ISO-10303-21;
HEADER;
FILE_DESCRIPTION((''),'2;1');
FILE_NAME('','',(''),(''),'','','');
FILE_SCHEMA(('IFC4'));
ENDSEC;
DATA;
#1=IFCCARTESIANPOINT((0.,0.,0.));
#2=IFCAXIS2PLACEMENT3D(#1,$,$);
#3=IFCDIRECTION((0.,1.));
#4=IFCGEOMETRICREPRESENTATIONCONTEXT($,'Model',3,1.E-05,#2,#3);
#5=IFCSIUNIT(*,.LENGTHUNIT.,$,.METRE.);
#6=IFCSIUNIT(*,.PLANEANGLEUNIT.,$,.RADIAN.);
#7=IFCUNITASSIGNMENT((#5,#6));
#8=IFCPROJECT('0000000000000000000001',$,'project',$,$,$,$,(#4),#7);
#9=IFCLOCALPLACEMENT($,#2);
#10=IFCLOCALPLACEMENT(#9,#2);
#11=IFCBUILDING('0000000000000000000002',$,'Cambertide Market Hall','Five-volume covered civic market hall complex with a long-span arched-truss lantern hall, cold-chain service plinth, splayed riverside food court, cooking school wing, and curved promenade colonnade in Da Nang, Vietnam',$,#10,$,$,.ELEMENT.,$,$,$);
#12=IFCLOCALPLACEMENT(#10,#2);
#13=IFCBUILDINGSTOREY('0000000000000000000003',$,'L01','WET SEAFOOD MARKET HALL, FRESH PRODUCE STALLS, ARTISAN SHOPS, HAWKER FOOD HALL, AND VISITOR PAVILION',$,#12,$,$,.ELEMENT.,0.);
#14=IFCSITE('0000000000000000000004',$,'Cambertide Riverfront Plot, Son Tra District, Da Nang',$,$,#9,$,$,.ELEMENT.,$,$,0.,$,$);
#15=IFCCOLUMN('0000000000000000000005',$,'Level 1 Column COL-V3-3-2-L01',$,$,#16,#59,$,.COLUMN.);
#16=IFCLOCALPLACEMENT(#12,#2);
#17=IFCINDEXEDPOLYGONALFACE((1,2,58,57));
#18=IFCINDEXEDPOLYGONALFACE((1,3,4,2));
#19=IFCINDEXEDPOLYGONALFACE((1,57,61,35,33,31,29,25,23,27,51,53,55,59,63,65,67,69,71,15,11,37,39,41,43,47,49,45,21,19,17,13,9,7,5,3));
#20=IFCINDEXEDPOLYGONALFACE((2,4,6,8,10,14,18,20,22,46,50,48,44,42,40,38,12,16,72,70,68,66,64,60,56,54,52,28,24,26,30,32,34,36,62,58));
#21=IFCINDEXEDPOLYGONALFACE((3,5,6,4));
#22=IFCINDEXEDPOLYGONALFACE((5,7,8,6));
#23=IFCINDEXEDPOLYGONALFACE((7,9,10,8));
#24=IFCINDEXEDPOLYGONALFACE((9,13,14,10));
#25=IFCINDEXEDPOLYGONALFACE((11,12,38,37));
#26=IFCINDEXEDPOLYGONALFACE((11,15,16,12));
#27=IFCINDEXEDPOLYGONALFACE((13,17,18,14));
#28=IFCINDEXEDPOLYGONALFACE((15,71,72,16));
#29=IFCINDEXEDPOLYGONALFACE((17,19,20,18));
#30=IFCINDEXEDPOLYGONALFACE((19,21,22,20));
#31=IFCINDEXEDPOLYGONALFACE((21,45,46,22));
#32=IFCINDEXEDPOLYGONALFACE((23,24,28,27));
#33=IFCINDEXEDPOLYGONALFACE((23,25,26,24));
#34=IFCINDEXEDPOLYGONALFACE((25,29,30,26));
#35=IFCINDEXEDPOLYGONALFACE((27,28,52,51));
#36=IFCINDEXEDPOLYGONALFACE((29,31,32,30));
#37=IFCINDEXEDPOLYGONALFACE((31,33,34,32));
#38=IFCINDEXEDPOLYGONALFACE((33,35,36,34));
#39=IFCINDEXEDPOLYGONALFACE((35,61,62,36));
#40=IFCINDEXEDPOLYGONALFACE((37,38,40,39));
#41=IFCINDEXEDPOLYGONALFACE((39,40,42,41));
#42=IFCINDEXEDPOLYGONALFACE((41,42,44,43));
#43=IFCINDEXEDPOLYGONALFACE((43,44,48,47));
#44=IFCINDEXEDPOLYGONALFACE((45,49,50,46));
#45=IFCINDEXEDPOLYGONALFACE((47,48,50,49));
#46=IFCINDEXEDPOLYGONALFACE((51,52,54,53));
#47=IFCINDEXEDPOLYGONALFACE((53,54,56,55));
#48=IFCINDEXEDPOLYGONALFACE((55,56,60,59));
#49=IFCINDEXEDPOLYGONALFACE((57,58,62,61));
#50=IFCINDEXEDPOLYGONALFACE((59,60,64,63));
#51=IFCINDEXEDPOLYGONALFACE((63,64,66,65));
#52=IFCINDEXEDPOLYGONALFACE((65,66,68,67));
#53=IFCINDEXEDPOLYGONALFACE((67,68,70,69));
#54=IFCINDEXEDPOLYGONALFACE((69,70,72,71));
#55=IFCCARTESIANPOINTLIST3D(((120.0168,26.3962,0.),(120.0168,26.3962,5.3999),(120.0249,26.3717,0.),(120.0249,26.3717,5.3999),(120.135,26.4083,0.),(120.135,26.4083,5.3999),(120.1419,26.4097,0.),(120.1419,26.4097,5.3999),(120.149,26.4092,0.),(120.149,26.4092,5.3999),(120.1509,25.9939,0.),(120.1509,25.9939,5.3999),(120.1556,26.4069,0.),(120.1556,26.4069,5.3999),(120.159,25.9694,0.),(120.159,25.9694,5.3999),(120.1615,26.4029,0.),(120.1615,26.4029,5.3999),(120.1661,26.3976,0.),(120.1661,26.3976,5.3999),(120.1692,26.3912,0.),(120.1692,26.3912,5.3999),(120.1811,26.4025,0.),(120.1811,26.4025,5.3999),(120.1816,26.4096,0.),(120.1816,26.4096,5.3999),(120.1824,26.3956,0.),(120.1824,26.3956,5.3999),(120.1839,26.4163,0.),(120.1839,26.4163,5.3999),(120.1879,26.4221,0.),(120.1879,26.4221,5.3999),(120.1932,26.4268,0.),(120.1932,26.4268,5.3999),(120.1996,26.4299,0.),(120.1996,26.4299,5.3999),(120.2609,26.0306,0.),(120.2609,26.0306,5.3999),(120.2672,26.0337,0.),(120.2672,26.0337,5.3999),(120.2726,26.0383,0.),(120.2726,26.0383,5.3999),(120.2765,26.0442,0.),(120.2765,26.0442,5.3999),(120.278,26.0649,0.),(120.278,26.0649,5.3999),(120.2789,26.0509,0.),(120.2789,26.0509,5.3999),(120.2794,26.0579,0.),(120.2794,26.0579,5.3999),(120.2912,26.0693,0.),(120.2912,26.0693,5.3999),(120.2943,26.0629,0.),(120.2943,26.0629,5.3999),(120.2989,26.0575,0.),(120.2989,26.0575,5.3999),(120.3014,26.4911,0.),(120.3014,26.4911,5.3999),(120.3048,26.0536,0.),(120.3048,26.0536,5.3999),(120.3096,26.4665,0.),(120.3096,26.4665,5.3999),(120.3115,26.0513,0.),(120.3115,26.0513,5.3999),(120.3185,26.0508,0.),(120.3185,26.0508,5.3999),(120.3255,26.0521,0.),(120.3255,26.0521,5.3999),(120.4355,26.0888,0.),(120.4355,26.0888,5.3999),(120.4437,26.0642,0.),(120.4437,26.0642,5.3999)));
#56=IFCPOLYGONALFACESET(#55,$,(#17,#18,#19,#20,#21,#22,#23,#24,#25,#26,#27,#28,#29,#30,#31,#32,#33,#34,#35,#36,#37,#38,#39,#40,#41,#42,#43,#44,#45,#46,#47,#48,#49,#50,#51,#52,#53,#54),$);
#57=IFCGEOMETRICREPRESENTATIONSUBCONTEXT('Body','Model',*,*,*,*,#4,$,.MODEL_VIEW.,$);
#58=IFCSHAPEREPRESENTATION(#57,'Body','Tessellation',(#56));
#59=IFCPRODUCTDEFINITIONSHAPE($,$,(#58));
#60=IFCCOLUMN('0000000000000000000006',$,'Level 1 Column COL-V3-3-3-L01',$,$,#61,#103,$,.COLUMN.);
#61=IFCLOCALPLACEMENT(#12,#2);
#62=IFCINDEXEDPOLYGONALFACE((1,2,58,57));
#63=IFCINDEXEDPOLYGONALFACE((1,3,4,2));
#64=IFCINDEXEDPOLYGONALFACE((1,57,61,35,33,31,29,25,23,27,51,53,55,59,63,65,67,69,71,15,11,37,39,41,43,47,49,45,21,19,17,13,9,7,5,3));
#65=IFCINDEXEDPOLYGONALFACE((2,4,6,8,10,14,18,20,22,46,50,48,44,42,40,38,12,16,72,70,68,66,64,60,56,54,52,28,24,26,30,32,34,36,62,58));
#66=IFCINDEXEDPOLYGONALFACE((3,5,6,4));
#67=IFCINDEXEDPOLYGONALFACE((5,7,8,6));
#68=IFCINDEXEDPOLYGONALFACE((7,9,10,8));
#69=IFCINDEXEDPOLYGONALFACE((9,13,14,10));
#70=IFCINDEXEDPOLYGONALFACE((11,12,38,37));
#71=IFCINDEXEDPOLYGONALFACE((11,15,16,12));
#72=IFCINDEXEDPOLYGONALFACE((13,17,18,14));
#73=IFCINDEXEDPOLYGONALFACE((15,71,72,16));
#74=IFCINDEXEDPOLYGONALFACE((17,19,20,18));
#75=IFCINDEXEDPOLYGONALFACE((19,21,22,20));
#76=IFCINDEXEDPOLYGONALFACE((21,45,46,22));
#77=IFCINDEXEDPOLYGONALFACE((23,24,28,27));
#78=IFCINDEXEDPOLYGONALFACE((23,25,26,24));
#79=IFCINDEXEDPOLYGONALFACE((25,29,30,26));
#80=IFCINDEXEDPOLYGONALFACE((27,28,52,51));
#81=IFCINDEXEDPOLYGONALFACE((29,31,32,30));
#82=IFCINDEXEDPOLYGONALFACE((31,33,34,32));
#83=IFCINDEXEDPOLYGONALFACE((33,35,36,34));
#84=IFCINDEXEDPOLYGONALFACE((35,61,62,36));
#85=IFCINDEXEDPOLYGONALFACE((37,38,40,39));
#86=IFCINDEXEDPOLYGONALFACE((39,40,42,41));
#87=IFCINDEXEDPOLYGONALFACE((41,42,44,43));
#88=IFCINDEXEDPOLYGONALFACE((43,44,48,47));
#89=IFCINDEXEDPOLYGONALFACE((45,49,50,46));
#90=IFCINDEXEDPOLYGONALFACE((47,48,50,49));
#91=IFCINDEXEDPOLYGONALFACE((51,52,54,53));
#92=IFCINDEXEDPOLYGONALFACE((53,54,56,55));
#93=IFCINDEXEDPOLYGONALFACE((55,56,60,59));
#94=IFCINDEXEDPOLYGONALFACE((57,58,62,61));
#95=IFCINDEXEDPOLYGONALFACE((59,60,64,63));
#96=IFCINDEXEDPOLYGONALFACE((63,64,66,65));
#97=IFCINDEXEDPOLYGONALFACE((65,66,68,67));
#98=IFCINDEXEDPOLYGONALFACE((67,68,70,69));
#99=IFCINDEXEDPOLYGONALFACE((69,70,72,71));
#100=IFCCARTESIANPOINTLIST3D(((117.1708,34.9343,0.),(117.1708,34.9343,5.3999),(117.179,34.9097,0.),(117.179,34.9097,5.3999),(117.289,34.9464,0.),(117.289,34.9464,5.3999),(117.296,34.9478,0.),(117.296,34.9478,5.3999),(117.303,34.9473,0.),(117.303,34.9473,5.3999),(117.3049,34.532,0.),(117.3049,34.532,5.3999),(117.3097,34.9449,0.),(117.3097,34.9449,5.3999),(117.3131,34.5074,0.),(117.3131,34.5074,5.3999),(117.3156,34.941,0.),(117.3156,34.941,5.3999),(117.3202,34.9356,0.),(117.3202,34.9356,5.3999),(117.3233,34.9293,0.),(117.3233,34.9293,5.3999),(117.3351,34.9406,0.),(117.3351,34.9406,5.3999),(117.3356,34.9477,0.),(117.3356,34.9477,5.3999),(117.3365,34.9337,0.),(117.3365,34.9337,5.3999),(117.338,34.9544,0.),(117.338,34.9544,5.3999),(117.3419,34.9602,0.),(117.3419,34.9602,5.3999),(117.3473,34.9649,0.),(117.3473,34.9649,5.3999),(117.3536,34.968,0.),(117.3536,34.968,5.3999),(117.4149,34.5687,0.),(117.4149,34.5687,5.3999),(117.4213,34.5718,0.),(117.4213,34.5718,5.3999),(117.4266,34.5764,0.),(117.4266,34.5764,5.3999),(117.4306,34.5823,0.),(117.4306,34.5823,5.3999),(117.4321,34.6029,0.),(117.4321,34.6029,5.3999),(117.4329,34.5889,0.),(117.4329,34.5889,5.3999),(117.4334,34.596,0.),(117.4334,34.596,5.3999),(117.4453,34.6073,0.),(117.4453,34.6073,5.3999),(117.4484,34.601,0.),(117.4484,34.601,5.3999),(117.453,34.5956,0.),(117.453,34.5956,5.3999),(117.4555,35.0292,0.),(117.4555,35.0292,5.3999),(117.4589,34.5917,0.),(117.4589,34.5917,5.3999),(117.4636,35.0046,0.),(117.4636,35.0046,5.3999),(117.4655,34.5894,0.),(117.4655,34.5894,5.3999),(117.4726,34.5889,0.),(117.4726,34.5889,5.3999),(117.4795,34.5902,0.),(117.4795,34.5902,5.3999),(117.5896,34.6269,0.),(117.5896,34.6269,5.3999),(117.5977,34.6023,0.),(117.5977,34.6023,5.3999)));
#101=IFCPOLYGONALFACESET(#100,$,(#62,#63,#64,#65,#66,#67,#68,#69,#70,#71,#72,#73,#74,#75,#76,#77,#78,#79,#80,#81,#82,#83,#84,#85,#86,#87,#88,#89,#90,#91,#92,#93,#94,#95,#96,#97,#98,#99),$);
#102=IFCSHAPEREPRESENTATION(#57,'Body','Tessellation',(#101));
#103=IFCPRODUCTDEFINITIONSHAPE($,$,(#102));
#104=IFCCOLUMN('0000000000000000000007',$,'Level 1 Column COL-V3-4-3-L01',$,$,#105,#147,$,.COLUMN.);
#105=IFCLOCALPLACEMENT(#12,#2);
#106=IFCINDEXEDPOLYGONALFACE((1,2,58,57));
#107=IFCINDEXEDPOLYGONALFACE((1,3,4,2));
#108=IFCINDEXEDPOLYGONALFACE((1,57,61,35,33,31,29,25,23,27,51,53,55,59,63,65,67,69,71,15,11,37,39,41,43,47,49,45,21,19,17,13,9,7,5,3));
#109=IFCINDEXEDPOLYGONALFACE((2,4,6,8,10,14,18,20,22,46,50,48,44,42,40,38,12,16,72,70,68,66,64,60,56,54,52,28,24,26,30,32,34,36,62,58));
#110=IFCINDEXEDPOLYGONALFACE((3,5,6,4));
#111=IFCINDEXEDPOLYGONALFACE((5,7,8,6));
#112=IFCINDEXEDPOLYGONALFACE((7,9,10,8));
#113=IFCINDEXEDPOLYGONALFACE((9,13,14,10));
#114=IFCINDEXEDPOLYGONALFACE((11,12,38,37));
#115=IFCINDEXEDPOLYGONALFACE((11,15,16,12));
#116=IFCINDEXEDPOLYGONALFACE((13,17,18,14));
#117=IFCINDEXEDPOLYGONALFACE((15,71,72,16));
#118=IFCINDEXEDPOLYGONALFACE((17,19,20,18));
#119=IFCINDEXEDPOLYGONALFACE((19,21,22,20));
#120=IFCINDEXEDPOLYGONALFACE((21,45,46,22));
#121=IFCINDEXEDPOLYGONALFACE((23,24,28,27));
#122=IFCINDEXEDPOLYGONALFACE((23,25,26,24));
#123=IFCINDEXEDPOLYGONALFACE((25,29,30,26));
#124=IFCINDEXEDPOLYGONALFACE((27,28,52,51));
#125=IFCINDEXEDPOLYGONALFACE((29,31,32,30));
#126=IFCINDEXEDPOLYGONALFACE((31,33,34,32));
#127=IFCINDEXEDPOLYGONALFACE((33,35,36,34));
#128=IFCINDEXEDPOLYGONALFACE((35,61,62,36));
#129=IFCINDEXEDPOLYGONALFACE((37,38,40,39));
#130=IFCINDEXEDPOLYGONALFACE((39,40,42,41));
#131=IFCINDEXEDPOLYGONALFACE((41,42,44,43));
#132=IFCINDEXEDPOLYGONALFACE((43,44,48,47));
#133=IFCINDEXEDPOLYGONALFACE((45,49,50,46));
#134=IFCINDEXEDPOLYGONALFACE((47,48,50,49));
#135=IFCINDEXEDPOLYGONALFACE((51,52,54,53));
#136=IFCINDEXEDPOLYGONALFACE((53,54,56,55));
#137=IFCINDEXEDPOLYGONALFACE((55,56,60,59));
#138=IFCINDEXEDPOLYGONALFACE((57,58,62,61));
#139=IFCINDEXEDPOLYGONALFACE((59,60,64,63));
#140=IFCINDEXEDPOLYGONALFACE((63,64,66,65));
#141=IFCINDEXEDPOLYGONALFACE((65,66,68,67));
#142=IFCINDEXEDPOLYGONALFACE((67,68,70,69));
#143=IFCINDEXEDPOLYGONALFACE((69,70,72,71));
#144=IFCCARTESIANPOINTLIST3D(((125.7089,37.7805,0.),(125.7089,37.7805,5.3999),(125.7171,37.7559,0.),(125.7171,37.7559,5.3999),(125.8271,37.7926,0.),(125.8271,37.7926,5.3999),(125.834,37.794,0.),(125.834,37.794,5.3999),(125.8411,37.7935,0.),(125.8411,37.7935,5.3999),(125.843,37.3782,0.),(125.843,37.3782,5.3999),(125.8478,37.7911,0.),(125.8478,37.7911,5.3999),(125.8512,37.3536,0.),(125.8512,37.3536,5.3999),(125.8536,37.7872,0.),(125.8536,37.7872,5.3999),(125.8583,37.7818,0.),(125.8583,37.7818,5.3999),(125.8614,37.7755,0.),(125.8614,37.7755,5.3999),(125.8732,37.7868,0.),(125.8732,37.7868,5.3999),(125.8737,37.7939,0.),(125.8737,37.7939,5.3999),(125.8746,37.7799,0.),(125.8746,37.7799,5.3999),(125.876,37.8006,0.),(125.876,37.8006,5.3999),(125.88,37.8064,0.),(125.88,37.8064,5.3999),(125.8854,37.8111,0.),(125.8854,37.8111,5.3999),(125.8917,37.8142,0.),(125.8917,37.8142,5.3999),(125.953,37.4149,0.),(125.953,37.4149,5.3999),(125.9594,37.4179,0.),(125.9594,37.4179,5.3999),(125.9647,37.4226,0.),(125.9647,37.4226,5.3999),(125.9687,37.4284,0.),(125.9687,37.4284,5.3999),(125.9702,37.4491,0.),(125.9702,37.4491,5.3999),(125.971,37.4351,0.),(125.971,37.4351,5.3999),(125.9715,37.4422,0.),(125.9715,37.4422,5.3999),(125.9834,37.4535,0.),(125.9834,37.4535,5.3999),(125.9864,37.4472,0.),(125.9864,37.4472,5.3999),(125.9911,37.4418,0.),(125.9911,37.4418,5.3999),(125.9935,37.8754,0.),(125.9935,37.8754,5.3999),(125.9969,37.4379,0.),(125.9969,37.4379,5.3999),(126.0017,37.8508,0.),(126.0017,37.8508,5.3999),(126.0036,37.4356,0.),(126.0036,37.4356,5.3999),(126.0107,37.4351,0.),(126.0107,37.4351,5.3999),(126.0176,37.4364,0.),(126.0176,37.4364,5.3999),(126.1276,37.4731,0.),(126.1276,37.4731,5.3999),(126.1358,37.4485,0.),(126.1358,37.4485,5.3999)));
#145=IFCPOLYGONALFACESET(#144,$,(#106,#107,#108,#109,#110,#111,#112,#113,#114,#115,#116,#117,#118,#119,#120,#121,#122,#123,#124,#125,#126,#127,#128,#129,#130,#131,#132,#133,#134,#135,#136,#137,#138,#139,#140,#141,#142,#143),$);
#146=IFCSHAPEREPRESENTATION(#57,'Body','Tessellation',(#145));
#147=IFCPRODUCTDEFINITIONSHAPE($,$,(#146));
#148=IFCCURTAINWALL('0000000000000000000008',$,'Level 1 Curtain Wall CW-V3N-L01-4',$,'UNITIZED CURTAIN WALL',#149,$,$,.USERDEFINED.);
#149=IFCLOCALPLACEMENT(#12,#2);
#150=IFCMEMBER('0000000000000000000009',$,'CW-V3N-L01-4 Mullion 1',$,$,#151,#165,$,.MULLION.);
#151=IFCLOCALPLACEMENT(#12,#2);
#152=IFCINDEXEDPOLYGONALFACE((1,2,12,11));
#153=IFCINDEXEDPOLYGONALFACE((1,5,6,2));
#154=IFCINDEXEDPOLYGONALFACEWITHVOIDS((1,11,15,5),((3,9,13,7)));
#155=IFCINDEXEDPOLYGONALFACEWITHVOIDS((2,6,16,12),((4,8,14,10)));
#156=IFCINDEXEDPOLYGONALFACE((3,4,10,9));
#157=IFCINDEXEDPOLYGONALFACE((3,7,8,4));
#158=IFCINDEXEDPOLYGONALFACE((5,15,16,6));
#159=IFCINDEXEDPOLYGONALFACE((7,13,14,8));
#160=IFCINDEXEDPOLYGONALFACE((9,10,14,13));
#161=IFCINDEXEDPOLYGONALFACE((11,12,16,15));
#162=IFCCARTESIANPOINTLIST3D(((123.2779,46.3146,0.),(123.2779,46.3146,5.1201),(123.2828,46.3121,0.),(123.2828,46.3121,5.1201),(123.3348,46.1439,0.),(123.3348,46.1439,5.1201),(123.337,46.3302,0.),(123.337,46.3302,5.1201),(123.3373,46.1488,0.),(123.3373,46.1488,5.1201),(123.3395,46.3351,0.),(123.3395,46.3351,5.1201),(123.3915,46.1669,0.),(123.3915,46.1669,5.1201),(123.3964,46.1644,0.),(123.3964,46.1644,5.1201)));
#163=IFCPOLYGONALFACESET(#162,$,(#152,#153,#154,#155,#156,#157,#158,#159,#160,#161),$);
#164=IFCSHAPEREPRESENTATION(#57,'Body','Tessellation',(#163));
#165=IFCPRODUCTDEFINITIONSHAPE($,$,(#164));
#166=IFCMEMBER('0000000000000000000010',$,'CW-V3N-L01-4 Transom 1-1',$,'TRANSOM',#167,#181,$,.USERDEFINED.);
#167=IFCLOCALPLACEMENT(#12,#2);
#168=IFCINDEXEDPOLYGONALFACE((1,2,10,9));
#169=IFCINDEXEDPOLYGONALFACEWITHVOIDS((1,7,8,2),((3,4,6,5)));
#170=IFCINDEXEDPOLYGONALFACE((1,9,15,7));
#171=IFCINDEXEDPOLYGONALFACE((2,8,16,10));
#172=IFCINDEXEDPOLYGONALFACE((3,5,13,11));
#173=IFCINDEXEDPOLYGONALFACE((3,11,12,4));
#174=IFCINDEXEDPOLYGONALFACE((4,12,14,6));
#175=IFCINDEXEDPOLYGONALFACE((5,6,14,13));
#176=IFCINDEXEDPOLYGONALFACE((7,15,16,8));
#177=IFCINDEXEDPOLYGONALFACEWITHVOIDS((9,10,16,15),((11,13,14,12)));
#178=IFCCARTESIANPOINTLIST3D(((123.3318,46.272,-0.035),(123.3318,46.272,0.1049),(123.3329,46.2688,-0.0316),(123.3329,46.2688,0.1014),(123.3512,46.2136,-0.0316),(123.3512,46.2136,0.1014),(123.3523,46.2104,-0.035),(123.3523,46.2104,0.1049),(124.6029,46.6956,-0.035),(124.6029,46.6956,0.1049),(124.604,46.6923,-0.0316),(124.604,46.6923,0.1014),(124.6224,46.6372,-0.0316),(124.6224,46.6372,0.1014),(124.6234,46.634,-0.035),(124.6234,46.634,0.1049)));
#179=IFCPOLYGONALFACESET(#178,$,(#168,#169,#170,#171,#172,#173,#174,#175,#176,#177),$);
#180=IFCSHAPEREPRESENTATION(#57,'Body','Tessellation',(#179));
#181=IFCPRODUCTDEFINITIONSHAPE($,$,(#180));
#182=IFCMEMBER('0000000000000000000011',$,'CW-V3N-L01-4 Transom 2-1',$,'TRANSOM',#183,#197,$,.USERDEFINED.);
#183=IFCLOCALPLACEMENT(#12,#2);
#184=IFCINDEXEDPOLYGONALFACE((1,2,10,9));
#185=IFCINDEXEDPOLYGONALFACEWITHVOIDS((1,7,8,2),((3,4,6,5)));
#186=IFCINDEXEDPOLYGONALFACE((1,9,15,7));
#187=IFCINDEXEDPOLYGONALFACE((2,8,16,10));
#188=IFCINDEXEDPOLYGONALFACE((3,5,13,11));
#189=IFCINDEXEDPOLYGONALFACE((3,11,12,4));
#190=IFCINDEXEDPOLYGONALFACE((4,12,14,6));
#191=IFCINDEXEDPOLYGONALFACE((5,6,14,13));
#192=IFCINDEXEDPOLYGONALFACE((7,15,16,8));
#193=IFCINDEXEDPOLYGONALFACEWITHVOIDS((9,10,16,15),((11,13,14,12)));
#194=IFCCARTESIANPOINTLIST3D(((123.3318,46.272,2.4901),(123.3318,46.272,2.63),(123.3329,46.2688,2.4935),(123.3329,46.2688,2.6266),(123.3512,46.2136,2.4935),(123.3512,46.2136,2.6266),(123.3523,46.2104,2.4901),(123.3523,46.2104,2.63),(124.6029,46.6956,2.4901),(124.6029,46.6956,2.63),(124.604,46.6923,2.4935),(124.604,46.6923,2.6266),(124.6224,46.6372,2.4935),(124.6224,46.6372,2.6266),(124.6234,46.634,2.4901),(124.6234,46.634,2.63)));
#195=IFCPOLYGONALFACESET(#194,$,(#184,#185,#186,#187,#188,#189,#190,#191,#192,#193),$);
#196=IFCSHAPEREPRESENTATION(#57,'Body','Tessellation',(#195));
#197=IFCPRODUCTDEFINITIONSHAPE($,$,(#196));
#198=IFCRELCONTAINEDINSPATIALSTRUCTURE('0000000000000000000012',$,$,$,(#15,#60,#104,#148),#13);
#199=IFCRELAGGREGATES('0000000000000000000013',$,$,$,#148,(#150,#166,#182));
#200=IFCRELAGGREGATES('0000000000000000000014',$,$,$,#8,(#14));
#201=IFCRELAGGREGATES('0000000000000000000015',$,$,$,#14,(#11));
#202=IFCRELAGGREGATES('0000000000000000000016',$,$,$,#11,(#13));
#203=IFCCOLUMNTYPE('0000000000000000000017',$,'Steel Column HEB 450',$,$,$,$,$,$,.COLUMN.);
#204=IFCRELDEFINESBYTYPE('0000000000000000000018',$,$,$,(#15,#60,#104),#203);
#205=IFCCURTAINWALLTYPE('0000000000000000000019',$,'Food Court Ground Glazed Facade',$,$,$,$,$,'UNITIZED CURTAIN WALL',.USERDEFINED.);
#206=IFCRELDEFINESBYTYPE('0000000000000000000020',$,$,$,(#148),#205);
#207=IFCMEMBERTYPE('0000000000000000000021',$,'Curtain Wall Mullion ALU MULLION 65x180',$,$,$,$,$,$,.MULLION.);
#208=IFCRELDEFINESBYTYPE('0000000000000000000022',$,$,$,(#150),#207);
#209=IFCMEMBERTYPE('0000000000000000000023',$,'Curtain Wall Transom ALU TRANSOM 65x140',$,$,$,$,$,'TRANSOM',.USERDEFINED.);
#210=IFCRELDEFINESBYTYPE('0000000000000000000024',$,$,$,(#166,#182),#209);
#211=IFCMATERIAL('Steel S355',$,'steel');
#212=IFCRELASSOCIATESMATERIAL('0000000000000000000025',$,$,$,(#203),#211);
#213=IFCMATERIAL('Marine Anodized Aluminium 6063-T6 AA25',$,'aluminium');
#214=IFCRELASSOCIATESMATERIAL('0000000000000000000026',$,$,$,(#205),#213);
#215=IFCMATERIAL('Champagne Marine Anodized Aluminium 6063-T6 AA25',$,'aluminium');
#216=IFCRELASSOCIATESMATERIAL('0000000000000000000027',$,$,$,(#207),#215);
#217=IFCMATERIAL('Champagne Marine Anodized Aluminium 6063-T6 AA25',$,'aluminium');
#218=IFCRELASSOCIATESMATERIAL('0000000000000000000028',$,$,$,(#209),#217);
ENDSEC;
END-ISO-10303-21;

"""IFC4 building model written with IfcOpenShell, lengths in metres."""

from ifc_helpers import new_model, si_unit, direction, frame, origin, origin_2d, place, context, subcontext, project, spatial, hollow_rectangle, i_section, extrude, material, material_profile, profile_set, type_object, element, aggregate, save


model = new_model("IFC4")

# Units and contexts
model_context = context("Model", 3, precision=1e-05, world=origin(), true_north=direction((0.0, 1.0)))
body_context = subcontext(model_context, "Body", "Model", "MODEL_VIEW")
ifc_project = project(units=[si_unit("LENGTHUNIT", "METRE"), si_unit("PLANEANGLEUNIT", "RADIAN")], contexts=[model_context])

# Site, building, storey
site_placement = place(None, origin())
site = spatial("IfcSite", under=ifc_project, at=site_placement, Name="Cambertide Riverfront Plot, Son Tra District, Da Nang", CompositionType="ELEMENT", RefElevation=0.0)
building_placement = place(site_placement, origin())
building = spatial("IfcBuilding", under=site, at=building_placement, Name="Cambertide Market Hall", Description="Five-volume covered civic market hall complex with a long-span arched-truss lantern hall, cold-chain service plinth, splayed riverside food court, cooking school wing, and curved promenade colonnade in Da Nang, Vietnam", CompositionType="ELEMENT")
storey_placement = place(building_placement, origin())
storey = spatial("IfcBuildingStorey", under=building, at=storey_placement, Name="L01", Description="WET SEAFOOD MARKET HALL, FRESH PRODUCE STALLS, ARTISAN SHOPS, HAWKER FOOD HALL, AND VISITOR PAVILION", CompositionType="ELEMENT", Elevation=0.0)

# Columns
ifc_material_1 = material(Name="Steel S355", Category="steel")
ifc_material_profile_1 = material_profile(ifc_material_1, i_section(OverallWidth=0.3, OverallDepth=0.45, WebThickness=0.0139, FlangeThickness=0.0259, FilletRadius=0.0271, at=origin_2d()), Name="HEB 450")
ifc_profile_set_1 = profile_set([ifc_material_profile_1], Name="Steel S355")
column_type_1 = type_object("IfcColumnType", Name="Steel Column HEB 450", PredefinedType="COLUMN", material=ifc_profile_set_1)
for number, where, z_axis, x_axis, name in (
    (1, (120.2302, 26.2302, 0.0), (0.0, 0.0, 1.0), (0.948683, 0.316228, 0.0), "Level 1 Column COL-V3-3-2-L01"),
    (2, (117.3843, 34.7683, 0.0), (0.0, 0.0, 1.0), (0.948683, 0.316228, 0.0), "Level 1 Column COL-V3-3-3-L01"),
    (3, (125.9224, 37.6145, 0.0), (0.0, 0.0, 1.0), (0.948683, 0.316228, 0.0), "Level 1 Column COL-V3-4-3-L01"),
):
    element("IfcColumn", number, at=place(storey_placement, frame(where, z_axis=z_axis, x_axis=x_axis)), inside=storey, type_object=column_type_1, Name=name, PredefinedType="COLUMN", context=body_context, shape_type="SweptSolid", body=[
        extrude(i_section(OverallWidth=0.3, OverallDepth=0.45, WebThickness=0.0139, FlangeThickness=0.0259, FilletRadius=0.0271, at=origin_2d()), origin(), (0.0, 0.0, 1.0), 5.3999),
    ])

# Curtain wall, members
ifc_material_2 = material(Name="Marine Anodized Aluminium 6063-T6 AA25", Category="aluminium")
curtain_wall_type = type_object("IfcCurtainWallType", Name="Food Court Ground Glazed Facade", ElementType="UNITIZED CURTAIN WALL", PredefinedType="USERDEFINED", material=ifc_material_2)
curtain_wall_placement = place(storey_placement, origin())
curtain_wall = element("IfcCurtainWall", 4, at=curtain_wall_placement, inside=storey, type_object=curtain_wall_type, Name="Level 1 Curtain Wall CW-V3N-L01-4", ObjectType="UNITIZED CURTAIN WALL", PredefinedType="USERDEFINED")
ifc_material_3 = material(Name="Champagne Marine Anodized Aluminium 6063-T6 AA25", Category="aluminium")
ifc_material_profile_2 = material_profile(ifc_material_3, hollow_rectangle(XDim=0.0649, YDim=0.1799, WallThickness=0.0039, at=origin_2d()), Name="ALU MULLION 65x180")
ifc_profile_set_2 = profile_set([ifc_material_profile_2], Name="Champagne Marine Anodized Aluminium 6063-T6 AA25")
member_type_1 = type_object("IfcMemberType", Name="Curtain Wall Mullion ALU MULLION 65x180", PredefinedType="MULLION", material=ifc_profile_set_2)
member_1_placement = place(storey_placement, frame((123.3372, 46.2395, 0.0), z_axis=(0.0, 0.0, 1.0), x_axis=(0.948683, 0.316228, 0.0)))
member_1 = element("IfcMember", 5, at=member_1_placement, type_object=member_type_1, Name="CW-V3N-L01-4 Mullion 1", PredefinedType="MULLION", context=body_context, shape_type="SweptSolid", body=[
    extrude(hollow_rectangle(XDim=0.0649, YDim=0.1799, WallThickness=0.0039, at=origin_2d()), origin(), (0.0, 0.0, 1.0), 5.1201),
])
ifc_material_4 = material(Name="Champagne Marine Anodized Aluminium 6063-T6 AA25", Category="aluminium")
ifc_material_profile_3 = material_profile(ifc_material_4, hollow_rectangle(XDim=0.0649, YDim=0.1399, WallThickness=0.0034, at=origin_2d()), Name="ALU TRANSOM 65x140")
ifc_profile_set_3 = profile_set([ifc_material_profile_3], Name="Champagne Marine Anodized Aluminium 6063-T6 AA25")
member_type_2 = type_object("IfcMemberType", Name="Curtain Wall Transom ALU TRANSOM 65x140", ElementType="TRANSOM", PredefinedType="USERDEFINED", material=ifc_profile_set_3)
member_2_placement = place(storey_placement, frame((123.342, 46.2412, 0.0349), z_axis=(0.94872, 0.316118, 0.0), x_axis=(-0.316118, 0.94872, 0.0)))
member_2 = element("IfcMember", 6, at=member_2_placement, type_object=member_type_2, Name="CW-V3N-L01-4 Transom 1-1", ObjectType="TRANSOM", PredefinedType="USERDEFINED", context=body_context, shape_type="SweptSolid", body=[
    extrude(hollow_rectangle(XDim=0.0649, YDim=0.1399, WallThickness=0.0034, at=origin_2d()), origin(), (0.0, 0.0, 1.0), 1.3398),
])
member_3_placement = place(storey_placement, frame((123.342, 46.2412, 2.5601), z_axis=(0.94872, 0.316118, 0.0), x_axis=(-0.316118, 0.94872, 0.0)))
member_3 = element("IfcMember", 7, at=member_3_placement, type_object=member_type_2, Name="CW-V3N-L01-4 Transom 2-1", ObjectType="TRANSOM", PredefinedType="USERDEFINED", context=body_context, shape_type="SweptSolid", body=[
    extrude(hollow_rectangle(XDim=0.0649, YDim=0.1399, WallThickness=0.0034, at=origin_2d()), origin(), (0.0, 0.0, 1.0), 1.3398),
])
aggregate(curtain_wall, [member_1, member_2, member_3])

save(model, "model.ifc")
